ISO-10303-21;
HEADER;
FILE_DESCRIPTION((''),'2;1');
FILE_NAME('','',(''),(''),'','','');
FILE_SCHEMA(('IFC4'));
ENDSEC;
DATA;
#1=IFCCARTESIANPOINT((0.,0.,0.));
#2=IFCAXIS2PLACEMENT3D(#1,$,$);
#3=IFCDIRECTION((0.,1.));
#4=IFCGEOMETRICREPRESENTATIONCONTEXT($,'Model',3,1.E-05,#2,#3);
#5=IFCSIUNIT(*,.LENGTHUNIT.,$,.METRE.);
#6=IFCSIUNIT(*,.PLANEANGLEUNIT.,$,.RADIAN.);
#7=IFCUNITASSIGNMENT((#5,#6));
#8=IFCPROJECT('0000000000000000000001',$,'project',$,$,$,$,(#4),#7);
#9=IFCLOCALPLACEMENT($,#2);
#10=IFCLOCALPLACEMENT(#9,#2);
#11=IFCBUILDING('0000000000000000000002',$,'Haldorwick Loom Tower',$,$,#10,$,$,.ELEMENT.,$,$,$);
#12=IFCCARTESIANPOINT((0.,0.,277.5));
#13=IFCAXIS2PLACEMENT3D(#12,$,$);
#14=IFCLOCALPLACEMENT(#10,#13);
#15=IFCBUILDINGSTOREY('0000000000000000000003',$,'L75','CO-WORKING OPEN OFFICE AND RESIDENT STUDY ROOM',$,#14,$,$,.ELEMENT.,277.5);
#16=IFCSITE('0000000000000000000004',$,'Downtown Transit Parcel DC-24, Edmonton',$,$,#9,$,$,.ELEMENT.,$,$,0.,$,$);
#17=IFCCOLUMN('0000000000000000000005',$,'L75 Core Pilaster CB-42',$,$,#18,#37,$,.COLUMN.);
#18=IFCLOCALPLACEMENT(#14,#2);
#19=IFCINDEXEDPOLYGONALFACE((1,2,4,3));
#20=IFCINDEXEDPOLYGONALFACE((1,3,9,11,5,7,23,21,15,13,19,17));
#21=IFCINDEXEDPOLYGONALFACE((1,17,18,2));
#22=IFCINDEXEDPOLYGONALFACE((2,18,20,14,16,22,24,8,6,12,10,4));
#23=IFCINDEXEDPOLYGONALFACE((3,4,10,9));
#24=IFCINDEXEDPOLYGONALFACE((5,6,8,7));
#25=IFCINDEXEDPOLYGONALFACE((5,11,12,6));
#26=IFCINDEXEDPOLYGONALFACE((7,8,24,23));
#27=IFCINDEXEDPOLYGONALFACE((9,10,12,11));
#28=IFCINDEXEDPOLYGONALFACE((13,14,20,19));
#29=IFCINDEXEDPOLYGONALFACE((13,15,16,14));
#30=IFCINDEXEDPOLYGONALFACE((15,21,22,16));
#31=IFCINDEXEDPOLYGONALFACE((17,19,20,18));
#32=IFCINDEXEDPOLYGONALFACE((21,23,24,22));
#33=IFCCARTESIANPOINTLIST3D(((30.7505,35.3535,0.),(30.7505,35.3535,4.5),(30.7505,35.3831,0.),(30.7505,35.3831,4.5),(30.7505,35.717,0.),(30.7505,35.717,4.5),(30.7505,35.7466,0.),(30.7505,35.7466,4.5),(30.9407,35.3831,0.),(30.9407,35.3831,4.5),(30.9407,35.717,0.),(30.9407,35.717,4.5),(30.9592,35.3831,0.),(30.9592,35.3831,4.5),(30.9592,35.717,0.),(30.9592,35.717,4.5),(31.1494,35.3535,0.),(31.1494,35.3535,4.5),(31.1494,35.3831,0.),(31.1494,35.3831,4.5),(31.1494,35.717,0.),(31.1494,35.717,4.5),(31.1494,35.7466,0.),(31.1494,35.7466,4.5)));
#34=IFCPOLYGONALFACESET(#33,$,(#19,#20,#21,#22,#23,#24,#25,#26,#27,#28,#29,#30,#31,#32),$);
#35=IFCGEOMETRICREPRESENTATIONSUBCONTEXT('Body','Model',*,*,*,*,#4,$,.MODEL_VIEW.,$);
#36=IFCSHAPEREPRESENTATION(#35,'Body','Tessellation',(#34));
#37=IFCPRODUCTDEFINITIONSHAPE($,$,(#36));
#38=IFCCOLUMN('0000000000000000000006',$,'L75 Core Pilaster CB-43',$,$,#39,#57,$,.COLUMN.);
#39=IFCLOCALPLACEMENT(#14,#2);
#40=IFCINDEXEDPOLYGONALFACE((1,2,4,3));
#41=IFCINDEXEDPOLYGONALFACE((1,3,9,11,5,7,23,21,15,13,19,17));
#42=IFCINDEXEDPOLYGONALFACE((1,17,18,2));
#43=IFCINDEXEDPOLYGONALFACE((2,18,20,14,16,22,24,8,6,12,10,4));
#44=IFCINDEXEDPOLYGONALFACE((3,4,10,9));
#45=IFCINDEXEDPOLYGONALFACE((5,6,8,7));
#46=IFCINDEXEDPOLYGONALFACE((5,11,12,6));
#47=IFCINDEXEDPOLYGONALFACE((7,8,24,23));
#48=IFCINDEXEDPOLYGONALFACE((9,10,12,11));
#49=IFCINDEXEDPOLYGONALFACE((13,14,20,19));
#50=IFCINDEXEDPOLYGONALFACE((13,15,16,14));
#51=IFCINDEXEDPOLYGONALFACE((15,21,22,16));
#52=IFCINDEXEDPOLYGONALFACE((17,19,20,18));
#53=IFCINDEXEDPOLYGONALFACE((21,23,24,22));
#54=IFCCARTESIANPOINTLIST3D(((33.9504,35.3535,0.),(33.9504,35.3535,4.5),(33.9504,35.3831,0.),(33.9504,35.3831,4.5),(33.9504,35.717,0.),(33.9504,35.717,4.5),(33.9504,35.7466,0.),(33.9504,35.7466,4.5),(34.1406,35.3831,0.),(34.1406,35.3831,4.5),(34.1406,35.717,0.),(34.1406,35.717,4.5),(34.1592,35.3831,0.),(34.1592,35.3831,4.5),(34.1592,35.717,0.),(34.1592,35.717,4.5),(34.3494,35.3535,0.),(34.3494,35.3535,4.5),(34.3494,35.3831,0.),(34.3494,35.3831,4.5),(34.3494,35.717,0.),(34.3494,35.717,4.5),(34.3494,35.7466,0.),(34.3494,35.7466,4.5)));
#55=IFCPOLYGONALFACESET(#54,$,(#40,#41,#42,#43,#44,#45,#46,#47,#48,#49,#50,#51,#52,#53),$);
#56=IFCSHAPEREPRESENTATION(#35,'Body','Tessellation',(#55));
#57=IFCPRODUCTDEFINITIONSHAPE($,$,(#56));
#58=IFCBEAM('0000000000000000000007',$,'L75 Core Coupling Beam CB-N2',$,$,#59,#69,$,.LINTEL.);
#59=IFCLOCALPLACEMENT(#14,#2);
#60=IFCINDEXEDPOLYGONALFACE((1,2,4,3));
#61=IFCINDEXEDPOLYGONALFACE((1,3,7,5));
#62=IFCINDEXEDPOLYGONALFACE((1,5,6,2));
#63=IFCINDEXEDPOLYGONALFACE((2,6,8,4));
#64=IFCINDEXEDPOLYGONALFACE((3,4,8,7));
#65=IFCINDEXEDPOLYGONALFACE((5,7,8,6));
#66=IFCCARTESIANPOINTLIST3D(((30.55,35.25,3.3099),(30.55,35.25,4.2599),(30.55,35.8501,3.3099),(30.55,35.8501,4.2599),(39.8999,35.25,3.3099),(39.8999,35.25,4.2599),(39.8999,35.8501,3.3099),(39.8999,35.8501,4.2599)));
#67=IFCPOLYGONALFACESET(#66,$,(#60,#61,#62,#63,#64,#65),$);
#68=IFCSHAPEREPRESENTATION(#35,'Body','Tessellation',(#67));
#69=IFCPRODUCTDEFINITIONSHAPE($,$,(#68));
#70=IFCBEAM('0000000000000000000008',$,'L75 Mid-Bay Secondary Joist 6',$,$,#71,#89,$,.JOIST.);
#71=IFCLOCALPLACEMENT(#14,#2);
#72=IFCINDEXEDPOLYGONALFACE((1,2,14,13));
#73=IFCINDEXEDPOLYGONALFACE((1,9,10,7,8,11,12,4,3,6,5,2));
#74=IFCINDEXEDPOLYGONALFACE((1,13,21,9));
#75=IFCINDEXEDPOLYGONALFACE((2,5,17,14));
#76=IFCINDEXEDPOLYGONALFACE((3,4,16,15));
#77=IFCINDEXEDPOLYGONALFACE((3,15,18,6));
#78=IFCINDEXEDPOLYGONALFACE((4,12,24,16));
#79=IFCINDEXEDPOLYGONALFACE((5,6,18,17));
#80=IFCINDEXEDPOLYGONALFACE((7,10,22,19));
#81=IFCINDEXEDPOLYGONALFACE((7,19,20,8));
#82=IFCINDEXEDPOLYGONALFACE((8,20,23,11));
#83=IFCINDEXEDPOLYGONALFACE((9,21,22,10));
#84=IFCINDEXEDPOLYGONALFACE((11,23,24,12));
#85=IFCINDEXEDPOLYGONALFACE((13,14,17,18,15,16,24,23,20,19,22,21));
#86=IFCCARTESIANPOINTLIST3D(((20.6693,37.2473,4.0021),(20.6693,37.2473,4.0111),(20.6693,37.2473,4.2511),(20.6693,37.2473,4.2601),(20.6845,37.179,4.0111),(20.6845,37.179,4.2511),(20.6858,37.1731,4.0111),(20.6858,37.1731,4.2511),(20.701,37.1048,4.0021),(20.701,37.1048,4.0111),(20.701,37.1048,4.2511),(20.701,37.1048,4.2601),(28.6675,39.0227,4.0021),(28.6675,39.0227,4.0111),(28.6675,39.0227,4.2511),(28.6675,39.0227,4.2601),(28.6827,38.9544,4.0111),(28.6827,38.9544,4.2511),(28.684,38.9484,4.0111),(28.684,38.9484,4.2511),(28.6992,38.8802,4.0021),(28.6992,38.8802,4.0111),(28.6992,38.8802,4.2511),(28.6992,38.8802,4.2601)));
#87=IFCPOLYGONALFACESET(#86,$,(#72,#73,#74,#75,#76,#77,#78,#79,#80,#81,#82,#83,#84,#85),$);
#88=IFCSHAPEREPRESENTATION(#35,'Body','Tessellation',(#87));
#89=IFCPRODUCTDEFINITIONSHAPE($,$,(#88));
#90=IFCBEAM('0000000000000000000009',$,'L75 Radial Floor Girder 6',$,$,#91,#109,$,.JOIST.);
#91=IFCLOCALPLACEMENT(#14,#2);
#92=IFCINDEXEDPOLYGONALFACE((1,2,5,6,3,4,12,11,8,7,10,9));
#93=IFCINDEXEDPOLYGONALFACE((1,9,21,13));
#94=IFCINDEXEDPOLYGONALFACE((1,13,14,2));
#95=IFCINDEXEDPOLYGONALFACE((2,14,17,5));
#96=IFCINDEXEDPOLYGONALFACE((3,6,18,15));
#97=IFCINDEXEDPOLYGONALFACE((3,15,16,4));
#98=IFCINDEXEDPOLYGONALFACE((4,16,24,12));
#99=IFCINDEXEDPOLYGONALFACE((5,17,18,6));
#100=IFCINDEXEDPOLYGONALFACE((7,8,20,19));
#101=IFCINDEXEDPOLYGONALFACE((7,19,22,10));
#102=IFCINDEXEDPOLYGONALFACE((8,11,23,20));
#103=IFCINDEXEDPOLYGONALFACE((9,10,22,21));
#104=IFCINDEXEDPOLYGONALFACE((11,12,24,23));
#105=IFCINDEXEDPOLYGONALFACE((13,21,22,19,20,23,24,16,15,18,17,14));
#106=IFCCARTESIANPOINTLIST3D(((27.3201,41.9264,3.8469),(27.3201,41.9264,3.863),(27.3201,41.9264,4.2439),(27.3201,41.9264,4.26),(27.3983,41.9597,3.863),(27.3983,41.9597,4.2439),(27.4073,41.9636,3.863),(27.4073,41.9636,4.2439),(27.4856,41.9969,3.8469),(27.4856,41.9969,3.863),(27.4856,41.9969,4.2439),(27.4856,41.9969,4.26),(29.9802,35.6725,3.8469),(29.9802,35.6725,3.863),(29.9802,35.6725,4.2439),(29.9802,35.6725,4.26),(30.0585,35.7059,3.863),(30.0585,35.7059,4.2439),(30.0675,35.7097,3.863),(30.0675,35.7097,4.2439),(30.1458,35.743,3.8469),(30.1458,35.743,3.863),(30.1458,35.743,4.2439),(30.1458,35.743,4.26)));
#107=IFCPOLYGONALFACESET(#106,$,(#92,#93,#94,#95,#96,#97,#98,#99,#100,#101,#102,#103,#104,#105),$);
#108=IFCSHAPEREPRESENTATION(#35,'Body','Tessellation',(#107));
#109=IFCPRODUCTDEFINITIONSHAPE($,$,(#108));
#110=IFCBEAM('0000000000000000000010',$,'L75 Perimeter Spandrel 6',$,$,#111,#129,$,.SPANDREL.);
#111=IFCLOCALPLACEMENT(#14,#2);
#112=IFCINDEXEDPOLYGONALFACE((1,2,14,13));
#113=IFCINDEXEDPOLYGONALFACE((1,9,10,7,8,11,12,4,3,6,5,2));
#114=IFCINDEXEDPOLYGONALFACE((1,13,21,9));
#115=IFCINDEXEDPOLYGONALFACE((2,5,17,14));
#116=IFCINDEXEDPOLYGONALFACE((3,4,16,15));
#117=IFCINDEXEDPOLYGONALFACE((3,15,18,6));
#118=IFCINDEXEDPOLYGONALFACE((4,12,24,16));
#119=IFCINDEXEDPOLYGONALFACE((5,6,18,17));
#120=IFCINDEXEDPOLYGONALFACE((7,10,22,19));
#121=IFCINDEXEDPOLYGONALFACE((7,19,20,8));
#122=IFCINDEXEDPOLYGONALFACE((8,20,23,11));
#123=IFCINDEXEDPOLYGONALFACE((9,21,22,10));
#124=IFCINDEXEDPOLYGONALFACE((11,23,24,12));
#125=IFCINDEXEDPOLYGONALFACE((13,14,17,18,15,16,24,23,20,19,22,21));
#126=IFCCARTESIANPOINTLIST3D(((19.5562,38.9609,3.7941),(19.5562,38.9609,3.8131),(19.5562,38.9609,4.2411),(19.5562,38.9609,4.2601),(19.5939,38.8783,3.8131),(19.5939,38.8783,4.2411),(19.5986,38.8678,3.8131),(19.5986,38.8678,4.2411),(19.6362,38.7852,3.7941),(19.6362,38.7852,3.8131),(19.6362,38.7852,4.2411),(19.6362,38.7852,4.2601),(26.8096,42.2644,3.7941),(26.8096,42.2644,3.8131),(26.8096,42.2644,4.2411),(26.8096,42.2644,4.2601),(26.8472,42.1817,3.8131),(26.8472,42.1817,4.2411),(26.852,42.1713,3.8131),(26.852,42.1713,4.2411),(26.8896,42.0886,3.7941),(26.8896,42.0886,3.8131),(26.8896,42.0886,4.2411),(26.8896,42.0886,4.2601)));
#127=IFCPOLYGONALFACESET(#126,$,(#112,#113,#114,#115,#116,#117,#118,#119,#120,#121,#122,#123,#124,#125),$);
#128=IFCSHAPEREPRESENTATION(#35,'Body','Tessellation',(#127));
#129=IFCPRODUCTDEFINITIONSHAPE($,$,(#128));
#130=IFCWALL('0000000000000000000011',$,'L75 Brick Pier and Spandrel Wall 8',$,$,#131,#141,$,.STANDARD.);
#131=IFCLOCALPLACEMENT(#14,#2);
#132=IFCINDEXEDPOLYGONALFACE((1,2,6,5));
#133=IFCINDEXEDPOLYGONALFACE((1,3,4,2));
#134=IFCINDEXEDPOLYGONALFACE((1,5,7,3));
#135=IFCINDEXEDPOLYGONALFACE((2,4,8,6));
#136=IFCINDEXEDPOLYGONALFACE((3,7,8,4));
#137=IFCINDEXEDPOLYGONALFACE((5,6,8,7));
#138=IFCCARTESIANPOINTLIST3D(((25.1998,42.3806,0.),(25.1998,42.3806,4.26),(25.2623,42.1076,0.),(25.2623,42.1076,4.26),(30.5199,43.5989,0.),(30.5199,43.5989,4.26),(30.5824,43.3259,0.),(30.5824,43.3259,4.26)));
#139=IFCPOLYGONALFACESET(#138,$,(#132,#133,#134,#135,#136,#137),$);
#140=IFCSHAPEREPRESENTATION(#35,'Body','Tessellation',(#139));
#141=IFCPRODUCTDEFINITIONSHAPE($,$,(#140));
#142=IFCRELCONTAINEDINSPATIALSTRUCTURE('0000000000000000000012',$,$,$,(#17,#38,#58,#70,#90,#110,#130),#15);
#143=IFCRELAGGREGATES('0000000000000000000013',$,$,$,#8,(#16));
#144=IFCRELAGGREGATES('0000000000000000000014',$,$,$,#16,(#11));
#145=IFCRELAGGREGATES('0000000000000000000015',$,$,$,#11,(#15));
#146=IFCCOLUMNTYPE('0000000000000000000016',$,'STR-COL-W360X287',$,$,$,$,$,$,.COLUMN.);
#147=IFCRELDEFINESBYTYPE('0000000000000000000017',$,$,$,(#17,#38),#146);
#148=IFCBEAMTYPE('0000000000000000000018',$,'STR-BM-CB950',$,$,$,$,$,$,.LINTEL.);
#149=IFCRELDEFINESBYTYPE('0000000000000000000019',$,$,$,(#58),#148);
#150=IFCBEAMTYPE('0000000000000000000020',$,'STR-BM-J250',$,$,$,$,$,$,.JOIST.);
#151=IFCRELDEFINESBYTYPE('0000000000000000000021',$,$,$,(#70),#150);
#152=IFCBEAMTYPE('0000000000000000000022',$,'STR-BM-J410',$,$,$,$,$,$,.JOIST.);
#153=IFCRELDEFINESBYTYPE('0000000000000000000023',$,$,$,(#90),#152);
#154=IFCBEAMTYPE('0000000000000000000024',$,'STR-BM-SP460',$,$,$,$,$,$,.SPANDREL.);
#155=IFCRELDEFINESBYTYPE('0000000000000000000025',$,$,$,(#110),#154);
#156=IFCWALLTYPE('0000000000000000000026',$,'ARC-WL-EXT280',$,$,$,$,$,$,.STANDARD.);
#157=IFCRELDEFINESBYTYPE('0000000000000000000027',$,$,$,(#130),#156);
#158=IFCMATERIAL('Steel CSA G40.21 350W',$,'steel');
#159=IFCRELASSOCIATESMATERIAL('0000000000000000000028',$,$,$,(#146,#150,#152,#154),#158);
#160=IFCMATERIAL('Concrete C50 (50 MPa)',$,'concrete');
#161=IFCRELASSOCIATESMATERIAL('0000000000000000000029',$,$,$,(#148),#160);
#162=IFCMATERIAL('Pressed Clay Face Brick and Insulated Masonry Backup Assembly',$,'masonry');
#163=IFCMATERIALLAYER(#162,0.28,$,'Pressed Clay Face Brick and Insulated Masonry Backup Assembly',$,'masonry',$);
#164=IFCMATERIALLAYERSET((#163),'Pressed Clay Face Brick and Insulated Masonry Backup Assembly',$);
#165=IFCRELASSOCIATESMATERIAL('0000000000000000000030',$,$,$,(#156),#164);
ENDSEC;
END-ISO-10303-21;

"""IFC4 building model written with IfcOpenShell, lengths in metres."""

from ifc_helpers import new_model, si_unit, direction, frame, frame_2d, origin, origin_2d, place, context, subcontext, project, spatial, rectangle, i_section, extrude, material, layer, layer_set, material_profile, profile_set, type_object, element, save


model = new_model("IFC4")

# Units and contexts
model_context = context("Model", 3, precision=1e-05, world=origin(), true_north=direction((0.0, 1.0)))
body_context = subcontext(model_context, "Body", "Model", "MODEL_VIEW")
ifc_project = project(units=[si_unit("LENGTHUNIT", "METRE"), si_unit("PLANEANGLEUNIT", "RADIAN")], contexts=[model_context])

# Site, building, storey
site_placement = place(None, origin())
site = spatial("IfcSite", under=ifc_project, at=site_placement, Name="Downtown Transit Parcel DC-24, Edmonton", CompositionType="ELEMENT", RefElevation=0.0)
building_placement = place(site_placement, origin())
building = spatial("IfcBuilding", under=site, at=building_placement, Name="Haldorwick Loom Tower", CompositionType="ELEMENT")
storey_placement = place(building_placement, frame((0.0, 0.0, 277.5)))
storey = spatial("IfcBuildingStorey", under=building, at=storey_placement, Name="L75", Description="CO-WORKING OPEN OFFICE AND RESIDENT STUDY ROOM", CompositionType="ELEMENT", Elevation=277.5)

# Columns
ifc_material_1 = material(Name="Concrete C50 (50 MPa)", Category="concrete")
ifc_material_2 = material(Name="Steel CSA G40.21 350W", Category="steel")
ifc_material_profile_1 = material_profile(ifc_material_2, i_section(OverallWidth=0.3989, OverallDepth=0.3931, WebThickness=0.0186, FlangeThickness=0.0295, at=origin_2d()), Name="W360X287", Category="steel")
ifc_profile_set_1 = profile_set([ifc_material_profile_1], Name="Steel CSA G40.21 350W")
column_type_1 = type_object("IfcColumnType", Name="STR-COL-W360X287", PredefinedType="COLUMN", material=ifc_profile_set_1)
for number, where, z_axis, x_axis, name in (
    (1, (30.95, 35.55, 0.0), (0.0, 0.0, 1.0), (1.0, 0.0, 0.0), "L75 Core Pilaster CB-42"),
    (2, (34.1499, 35.55, 0.0), (0.0, 0.0, 1.0), (1.0, 0.0, 0.0), "L75 Core Pilaster CB-43"),
):
    element("IfcColumn", number, at=place(storey_placement, frame(where, z_axis=z_axis, x_axis=x_axis)), inside=storey, type_object=column_type_1, Name=name, PredefinedType="COLUMN", context=body_context, shape_type="SweptSolid", body=[
        extrude(i_section(OverallWidth=0.3989, OverallDepth=0.3931, WebThickness=0.0186, FlangeThickness=0.0295, at=origin_2d()), origin(), (0.0, 0.0, 1.0), 4.5),
    ])

# Beams
ifc_material_profile_2 = material_profile(ifc_material_1, rectangle(XDim=0.6001, YDim=0.95, at=origin_2d()), Name="RC600X950", Category="concrete")
ifc_profile_set_2 = profile_set([ifc_material_profile_2], Name="Concrete C50 (50 MPa)")
beam_type_1 = type_object("IfcBeamType", Name="STR-BM-CB950", PredefinedType="LINTEL", material=ifc_profile_set_2)
beam_1_placement = place(storey_placement, frame((30.55, 35.55, 3.7849), z_axis=(1.0, 0.0, 0.0), x_axis=(0.0, 1.0, 0.0)))
element("IfcBeam", 3, at=beam_1_placement, inside=storey, type_object=beam_type_1, Name="L75 Core Coupling Beam CB-N2", PredefinedType="LINTEL", context=body_context, shape_type="SweptSolid", body=[
    extrude(rectangle(XDim=0.6001, YDim=0.95, at=origin_2d()), origin(), (0.0, 0.0, 1.0), 9.3499),
])
ifc_material_profile_3 = material_profile(ifc_material_2, i_section(OverallWidth=0.146, OverallDepth=0.2581, WebThickness=0.0061, FlangeThickness=0.009, at=origin_2d()), Name="W250X33", Category="steel")
ifc_profile_set_3 = profile_set([ifc_material_profile_3], Name="Steel CSA G40.21 350W")
beam_type_2 = type_object("IfcBeamType", Name="STR-BM-J250", PredefinedType="JOIST", material=ifc_profile_set_3)
beam_2_placement = place(storey_placement, frame((28.6833, 38.9514, 4.1311), z_axis=(-0.976239, -0.216697, 0.0), x_axis=(0.216697, -0.976239, 0.0)))
element("IfcBeam", 4, at=beam_2_placement, inside=storey, type_object=beam_type_2, Name="L75 Mid-Bay Secondary Joist 6", PredefinedType="JOIST", context=body_context, shape_type="SweptSolid", body=[
    extrude(i_section(OverallWidth=0.146, OverallDepth=0.2581, WebThickness=0.0061, FlangeThickness=0.009, at=origin_2d()), origin(), (0.0, 0.0, 1.0), 8.1929),
])
ifc_material_profile_4 = material_profile(ifc_material_2, i_section(OverallWidth=0.1799, OverallDepth=0.4131, WebThickness=0.0098, FlangeThickness=0.0161, at=origin_2d()), Name="W410X74", Category="steel")
ifc_profile_set_4 = profile_set([ifc_material_profile_4], Name="Steel CSA G40.21 350W")
beam_type_3 = type_object("IfcBeamType", Name="STR-BM-J410", PredefinedType="JOIST", material=ifc_profile_set_4)
beam_3_placement = place(storey_placement, frame((30.063, 35.7078, 4.0535), z_axis=(-0.391421, 0.920212, 0.0), x_axis=(-0.920212, -0.391421, 0.0)))
element("IfcBeam", 5, at=beam_3_placement, inside=storey, type_object=beam_type_3, Name="L75 Radial Floor Girder 6", PredefinedType="JOIST", context=body_context, shape_type="SweptSolid", body=[
    extrude(i_section(OverallWidth=0.1799, OverallDepth=0.4131, WebThickness=0.0098, FlangeThickness=0.0161, at=origin_2d()), origin(), (0.0, 0.0, 1.0), 6.7961),
])
ifc_material_profile_5 = material_profile(ifc_material_2, i_section(OverallWidth=0.1931, OverallDepth=0.4661, WebThickness=0.0115, FlangeThickness=0.019, at=origin_2d()), Name="W460X97", Category="steel")
ifc_profile_set_5 = profile_set([ifc_material_profile_5], Name="Steel CSA G40.21 350W")
beam_type_4 = type_object("IfcBeamType", Name="STR-BM-SP460", PredefinedType="SPANDREL", material=ifc_profile_set_5)
beam_4_placement = place(storey_placement, frame((26.8496, 42.1765, 4.0271), z_axis=(-0.910061, -0.414474, 0.0), x_axis=(0.414474, -0.910061, 0.0)))
element("IfcBeam", 6, at=beam_4_placement, inside=storey, type_object=beam_type_4, Name="L75 Perimeter Spandrel 6", PredefinedType="SPANDREL", context=body_context, shape_type="SweptSolid", body=[
    extrude(i_section(OverallWidth=0.1931, OverallDepth=0.4661, WebThickness=0.0115, FlangeThickness=0.019, at=origin_2d()), origin(), (0.0, 0.0, 1.0), 7.9702),
])

# Wall
ifc_material_3 = material(Name="Pressed Clay Face Brick and Insulated Masonry Backup Assembly", Category="masonry")
ifc_layer = layer(ifc_material_3, 0.28, Name="Pressed Clay Face Brick and Insulated Masonry Backup Assembly", Category="masonry")
ifc_layer_set = layer_set([ifc_layer], Name="Pressed Clay Face Brick and Insulated Masonry Backup Assembly")
wall_type = type_object("IfcWallType", Name="ARC-WL-EXT280", PredefinedType="STANDARD", material=ifc_layer_set)
wall_placement = place(storey_placement, frame((30.5513, 43.4624, 0.0), z_axis=(0.0, 0.0, 1.0), x_axis=(-0.974769, -0.223216, 0.0)))
element("IfcWall", 7, at=wall_placement, inside=storey, type_object=wall_type, Name="L75 Brick Pier and Spandrel Wall 8", PredefinedType="STANDARD", context=body_context, shape_type="SweptSolid", body=[
    extrude(rectangle(XDim=5.4578, YDim=0.28, at=frame_2d((2.729, 0.0))), origin(), (0.0, 0.0, 1.0), 4.26),
])

save(model, "model.ifc")
